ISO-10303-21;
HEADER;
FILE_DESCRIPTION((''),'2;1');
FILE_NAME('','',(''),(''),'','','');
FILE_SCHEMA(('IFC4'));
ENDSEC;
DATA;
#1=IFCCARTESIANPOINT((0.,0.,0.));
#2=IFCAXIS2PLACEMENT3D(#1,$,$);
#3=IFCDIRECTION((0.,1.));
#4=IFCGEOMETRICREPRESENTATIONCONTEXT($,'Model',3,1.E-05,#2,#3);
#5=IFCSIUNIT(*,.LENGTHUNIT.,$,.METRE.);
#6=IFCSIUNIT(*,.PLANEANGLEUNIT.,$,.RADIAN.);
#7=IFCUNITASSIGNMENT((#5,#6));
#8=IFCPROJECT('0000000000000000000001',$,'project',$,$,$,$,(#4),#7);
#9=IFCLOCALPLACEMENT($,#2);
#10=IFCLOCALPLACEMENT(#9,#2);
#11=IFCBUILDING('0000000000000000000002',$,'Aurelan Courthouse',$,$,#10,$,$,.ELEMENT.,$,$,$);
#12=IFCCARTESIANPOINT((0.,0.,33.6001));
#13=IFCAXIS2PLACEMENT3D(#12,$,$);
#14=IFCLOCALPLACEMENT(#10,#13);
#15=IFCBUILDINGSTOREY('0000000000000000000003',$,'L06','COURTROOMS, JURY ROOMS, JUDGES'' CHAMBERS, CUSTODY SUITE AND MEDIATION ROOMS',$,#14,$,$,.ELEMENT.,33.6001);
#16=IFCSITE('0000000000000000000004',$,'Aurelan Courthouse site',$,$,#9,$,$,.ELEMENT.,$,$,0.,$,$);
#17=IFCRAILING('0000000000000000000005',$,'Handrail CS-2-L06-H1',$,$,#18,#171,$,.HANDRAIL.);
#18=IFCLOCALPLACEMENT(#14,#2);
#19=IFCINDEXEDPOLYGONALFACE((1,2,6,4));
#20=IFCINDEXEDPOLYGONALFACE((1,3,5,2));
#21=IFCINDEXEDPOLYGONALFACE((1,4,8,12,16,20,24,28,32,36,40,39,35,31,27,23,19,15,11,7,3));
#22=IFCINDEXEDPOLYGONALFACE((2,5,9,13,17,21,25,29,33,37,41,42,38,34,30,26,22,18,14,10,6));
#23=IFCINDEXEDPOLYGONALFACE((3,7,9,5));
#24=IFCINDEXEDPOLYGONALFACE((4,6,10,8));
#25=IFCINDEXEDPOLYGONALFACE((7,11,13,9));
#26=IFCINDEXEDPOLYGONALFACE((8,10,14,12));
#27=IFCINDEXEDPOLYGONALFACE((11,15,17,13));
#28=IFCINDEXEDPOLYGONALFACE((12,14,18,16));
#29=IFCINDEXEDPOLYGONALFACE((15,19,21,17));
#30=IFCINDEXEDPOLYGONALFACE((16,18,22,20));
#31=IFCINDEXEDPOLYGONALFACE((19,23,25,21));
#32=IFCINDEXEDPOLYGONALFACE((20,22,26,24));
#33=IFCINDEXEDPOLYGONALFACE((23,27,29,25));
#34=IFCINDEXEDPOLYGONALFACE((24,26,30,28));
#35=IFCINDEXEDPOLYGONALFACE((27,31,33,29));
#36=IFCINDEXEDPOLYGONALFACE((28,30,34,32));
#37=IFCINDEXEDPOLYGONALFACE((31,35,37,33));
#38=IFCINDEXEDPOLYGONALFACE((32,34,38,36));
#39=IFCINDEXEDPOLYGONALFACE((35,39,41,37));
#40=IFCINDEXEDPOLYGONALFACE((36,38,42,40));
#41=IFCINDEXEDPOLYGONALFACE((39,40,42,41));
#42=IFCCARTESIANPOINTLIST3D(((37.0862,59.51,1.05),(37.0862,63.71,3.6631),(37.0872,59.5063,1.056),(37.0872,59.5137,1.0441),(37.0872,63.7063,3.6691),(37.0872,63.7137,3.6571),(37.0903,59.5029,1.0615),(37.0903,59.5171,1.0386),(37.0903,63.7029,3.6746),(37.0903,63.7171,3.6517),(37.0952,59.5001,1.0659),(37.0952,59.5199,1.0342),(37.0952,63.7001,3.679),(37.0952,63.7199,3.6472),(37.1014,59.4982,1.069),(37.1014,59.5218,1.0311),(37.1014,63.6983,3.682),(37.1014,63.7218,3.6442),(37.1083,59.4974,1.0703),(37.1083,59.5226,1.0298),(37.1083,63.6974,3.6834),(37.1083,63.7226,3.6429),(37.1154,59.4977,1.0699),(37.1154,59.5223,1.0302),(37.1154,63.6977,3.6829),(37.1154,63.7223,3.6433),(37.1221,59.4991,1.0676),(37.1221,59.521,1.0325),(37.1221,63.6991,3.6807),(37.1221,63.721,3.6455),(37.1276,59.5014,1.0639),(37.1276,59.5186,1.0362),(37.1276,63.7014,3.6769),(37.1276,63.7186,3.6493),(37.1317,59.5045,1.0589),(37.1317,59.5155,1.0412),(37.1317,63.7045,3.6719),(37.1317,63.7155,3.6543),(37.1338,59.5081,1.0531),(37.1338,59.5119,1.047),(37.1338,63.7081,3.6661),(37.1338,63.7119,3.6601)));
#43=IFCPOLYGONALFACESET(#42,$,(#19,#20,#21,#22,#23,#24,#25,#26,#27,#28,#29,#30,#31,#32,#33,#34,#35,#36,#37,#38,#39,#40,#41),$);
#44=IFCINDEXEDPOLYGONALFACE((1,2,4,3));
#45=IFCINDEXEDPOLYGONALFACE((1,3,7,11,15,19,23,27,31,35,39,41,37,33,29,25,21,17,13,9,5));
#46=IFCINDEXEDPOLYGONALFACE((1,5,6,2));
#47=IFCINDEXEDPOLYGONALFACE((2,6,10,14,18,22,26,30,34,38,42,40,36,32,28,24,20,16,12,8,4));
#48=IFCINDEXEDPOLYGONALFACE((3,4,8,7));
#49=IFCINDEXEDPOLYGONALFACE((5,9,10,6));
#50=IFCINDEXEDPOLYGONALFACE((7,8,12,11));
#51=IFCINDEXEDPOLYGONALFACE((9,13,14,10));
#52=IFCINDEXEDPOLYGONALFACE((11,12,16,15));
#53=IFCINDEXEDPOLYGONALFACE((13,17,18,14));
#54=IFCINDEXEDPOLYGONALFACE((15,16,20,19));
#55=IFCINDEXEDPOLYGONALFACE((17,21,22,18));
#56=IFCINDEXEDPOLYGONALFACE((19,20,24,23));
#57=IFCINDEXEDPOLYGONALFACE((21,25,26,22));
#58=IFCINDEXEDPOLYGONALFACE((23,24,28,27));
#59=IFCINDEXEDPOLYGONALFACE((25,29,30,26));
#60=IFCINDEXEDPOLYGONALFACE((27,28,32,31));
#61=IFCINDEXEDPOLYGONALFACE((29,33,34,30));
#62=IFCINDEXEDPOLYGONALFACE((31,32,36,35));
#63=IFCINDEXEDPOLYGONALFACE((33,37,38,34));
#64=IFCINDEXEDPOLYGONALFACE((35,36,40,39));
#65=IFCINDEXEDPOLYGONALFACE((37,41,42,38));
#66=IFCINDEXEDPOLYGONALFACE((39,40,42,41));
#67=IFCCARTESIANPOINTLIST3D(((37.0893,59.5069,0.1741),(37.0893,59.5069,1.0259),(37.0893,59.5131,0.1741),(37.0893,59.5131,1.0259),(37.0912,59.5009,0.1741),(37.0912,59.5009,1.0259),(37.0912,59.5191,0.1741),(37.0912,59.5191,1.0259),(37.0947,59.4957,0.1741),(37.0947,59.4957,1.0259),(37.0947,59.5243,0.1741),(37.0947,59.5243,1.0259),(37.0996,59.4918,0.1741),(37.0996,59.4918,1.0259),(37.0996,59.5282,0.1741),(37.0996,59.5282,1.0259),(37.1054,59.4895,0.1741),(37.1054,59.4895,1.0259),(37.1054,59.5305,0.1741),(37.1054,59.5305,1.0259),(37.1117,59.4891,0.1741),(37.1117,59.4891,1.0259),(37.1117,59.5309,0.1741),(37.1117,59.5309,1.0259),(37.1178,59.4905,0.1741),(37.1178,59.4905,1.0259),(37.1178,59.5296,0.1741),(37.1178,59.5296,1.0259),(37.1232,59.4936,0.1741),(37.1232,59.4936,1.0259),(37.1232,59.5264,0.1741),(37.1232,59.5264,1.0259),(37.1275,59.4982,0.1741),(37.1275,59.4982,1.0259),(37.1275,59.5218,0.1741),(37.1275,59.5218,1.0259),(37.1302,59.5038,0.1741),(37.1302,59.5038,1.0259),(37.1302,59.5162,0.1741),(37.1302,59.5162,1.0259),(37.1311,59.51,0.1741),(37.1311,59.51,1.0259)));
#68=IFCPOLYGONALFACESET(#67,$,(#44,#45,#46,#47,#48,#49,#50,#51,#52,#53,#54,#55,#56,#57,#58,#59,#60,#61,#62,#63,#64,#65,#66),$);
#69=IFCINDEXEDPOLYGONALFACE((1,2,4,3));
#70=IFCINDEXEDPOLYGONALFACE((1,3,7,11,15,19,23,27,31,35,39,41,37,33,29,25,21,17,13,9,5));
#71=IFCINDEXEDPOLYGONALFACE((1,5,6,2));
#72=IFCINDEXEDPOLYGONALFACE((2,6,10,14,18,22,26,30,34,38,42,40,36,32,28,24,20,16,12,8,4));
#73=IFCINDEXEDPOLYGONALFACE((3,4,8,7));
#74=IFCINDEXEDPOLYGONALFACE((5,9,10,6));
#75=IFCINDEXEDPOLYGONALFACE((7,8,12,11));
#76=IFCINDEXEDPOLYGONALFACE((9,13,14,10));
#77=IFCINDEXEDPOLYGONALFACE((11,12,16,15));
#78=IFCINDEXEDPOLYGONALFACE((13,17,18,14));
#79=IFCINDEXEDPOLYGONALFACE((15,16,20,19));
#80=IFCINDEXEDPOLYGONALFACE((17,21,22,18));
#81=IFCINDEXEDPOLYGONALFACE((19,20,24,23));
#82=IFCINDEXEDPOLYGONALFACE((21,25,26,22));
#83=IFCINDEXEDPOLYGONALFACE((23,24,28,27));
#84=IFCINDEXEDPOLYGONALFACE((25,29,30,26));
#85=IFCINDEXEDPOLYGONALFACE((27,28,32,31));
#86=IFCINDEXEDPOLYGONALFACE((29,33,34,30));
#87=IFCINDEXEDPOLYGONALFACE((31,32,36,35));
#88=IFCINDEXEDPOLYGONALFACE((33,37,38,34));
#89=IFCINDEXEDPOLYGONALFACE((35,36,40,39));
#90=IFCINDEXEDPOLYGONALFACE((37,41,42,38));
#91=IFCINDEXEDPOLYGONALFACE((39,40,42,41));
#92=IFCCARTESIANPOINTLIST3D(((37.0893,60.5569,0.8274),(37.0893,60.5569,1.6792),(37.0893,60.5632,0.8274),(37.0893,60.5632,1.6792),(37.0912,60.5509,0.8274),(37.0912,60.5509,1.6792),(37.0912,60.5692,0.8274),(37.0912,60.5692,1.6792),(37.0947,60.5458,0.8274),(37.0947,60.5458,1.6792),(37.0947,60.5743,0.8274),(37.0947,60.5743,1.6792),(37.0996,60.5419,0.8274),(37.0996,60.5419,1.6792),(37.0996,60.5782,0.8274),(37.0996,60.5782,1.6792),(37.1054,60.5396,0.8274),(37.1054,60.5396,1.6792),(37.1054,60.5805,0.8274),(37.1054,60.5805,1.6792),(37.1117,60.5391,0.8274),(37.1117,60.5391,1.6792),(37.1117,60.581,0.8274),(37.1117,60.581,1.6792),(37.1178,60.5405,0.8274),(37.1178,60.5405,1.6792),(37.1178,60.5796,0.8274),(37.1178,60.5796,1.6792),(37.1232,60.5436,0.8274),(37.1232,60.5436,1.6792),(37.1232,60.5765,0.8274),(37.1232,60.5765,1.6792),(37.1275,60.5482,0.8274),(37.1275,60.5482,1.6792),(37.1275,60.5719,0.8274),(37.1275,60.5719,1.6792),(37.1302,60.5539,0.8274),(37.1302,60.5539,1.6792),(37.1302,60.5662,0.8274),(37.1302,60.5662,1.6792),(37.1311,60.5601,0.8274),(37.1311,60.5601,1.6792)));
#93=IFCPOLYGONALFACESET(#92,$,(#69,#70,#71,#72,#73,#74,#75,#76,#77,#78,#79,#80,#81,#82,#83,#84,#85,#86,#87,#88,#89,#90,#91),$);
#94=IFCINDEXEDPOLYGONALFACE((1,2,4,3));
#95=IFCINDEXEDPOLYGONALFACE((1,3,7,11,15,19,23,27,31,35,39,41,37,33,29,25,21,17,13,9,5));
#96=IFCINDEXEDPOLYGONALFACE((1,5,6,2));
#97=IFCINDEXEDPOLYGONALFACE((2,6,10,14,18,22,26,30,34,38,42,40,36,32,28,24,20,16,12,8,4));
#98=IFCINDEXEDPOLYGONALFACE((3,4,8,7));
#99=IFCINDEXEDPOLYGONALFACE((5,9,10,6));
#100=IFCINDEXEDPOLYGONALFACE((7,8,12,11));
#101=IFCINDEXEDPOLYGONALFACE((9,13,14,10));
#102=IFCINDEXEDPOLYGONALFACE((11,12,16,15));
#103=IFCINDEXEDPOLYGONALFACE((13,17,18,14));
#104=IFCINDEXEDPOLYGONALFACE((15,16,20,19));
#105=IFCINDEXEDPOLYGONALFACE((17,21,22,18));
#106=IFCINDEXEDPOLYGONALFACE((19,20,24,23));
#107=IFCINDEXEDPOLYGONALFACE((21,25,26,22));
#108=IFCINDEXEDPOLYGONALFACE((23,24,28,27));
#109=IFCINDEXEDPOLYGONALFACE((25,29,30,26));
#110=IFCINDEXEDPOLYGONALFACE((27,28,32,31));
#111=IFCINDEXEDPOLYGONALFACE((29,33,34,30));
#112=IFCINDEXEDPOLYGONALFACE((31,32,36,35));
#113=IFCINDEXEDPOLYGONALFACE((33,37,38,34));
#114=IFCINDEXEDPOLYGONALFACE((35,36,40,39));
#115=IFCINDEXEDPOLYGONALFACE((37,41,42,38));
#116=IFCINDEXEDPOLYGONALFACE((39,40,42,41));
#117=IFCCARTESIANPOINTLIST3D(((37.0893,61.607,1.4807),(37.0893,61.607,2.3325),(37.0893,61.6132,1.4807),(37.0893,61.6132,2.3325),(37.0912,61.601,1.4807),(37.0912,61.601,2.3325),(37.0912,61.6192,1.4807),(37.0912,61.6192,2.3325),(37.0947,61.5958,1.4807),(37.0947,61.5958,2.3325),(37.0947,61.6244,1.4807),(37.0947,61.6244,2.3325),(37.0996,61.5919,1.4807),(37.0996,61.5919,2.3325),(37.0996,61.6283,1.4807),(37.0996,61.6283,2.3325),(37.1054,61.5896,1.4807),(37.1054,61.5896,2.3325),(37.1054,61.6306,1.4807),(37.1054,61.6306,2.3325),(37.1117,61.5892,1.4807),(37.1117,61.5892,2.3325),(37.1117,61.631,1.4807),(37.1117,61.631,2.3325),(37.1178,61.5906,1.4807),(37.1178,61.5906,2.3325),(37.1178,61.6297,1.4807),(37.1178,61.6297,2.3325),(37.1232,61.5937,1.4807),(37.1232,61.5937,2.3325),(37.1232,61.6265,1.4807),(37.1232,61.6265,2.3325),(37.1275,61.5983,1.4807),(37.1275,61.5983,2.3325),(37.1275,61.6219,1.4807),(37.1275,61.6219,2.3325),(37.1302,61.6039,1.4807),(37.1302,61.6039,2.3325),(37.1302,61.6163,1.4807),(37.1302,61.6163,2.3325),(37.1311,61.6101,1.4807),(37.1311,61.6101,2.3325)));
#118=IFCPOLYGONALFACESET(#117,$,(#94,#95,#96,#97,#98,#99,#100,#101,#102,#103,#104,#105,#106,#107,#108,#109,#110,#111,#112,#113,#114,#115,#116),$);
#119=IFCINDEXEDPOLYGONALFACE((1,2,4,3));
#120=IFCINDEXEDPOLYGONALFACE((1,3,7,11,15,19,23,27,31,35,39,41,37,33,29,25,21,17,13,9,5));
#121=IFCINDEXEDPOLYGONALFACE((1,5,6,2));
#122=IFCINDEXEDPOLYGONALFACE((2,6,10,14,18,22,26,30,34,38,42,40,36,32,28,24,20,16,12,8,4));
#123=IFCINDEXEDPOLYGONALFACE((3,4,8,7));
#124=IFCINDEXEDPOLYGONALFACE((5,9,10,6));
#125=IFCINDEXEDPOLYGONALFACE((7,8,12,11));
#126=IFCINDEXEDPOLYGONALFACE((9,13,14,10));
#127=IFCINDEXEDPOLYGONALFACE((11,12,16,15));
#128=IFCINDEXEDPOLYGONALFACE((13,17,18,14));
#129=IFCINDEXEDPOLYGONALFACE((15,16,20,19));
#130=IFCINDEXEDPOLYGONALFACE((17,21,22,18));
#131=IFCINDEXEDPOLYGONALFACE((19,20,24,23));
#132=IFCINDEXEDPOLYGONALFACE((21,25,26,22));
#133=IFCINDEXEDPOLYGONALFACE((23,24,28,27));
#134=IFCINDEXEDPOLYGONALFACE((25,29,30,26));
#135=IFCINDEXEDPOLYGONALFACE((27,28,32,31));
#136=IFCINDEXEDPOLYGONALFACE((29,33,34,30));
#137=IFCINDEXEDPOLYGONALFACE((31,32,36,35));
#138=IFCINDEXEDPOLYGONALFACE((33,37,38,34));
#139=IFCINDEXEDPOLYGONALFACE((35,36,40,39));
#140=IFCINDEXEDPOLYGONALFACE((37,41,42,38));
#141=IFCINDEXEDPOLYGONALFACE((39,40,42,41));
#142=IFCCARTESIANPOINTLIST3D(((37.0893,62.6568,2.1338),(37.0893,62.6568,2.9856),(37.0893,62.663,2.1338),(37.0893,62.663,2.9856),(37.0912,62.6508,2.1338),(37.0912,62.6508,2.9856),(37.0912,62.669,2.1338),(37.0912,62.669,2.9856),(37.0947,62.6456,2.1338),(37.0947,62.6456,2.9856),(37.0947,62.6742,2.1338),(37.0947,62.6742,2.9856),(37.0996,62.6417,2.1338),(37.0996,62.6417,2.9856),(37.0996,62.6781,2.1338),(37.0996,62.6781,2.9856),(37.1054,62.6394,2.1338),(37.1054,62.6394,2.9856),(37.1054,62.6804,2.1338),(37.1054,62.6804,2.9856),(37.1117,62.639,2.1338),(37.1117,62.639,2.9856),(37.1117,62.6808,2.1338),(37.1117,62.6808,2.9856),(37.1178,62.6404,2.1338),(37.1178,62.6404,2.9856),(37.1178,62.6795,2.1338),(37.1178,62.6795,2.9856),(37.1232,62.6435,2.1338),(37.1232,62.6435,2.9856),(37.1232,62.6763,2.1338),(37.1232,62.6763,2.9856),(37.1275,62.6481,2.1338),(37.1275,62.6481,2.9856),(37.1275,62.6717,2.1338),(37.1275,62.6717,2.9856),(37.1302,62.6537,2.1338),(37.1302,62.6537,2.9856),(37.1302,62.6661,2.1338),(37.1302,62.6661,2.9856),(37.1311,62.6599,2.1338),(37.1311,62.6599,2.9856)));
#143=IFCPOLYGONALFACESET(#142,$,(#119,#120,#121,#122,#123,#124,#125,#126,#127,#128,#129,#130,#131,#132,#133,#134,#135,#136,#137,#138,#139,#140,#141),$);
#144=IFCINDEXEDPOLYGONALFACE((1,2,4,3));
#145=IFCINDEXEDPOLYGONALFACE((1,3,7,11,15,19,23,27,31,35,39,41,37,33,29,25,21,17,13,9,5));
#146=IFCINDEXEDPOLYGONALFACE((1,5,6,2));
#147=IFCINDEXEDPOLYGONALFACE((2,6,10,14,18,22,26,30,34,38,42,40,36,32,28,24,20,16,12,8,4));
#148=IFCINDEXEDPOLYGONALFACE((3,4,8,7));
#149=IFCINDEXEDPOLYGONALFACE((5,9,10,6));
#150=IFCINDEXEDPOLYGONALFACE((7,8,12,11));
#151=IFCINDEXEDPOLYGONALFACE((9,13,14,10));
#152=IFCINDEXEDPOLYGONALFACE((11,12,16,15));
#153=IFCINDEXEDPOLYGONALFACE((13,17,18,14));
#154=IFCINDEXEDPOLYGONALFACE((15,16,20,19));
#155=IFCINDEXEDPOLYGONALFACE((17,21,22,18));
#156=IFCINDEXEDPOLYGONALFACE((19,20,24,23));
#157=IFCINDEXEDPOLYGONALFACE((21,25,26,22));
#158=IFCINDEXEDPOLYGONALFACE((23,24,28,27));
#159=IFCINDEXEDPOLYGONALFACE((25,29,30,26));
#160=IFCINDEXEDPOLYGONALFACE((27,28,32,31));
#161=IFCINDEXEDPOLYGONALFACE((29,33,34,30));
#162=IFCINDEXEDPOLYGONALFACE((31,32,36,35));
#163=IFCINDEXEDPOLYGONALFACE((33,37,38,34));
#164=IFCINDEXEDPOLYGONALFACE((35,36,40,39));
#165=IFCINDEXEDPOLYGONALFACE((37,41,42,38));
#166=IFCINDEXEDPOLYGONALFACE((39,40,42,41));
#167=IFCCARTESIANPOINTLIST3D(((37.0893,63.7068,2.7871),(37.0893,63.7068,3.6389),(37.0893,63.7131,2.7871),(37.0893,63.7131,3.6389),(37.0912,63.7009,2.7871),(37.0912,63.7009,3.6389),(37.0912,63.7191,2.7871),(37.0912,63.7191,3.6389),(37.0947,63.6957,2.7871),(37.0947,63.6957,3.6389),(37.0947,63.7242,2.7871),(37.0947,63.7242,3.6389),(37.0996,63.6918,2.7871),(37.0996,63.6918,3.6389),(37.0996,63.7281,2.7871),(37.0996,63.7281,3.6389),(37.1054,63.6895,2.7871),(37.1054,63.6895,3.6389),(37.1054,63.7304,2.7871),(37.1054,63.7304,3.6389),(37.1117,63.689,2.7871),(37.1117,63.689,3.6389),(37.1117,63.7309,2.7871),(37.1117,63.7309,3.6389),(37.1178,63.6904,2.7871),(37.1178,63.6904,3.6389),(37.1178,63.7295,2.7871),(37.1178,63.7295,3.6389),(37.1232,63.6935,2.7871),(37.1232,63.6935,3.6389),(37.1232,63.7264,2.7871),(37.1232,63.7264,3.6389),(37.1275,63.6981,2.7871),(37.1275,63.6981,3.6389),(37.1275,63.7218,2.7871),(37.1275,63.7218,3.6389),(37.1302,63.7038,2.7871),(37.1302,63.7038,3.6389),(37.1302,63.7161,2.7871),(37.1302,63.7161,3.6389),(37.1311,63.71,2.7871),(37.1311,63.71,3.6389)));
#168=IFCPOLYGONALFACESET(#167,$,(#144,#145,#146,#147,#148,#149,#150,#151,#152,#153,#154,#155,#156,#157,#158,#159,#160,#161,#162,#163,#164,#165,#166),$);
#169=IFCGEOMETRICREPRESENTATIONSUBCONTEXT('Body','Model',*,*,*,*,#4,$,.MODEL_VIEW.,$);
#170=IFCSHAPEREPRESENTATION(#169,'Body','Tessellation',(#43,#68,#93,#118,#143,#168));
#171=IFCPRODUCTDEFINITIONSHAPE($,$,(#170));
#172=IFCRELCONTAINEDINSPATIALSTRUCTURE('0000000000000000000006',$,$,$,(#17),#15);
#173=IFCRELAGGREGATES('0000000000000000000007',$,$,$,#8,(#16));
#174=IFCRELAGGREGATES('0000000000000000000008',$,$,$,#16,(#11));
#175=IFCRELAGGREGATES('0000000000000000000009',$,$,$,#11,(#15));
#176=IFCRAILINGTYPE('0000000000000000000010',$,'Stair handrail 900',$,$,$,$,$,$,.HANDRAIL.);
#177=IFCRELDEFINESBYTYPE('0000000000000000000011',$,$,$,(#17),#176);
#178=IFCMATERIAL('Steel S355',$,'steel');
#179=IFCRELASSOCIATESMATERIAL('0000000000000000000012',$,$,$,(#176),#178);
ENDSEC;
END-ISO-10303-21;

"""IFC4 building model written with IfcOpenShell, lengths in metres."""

from ifc_helpers import new_model, si_unit, direction, frame, origin, origin_2d, place, context, subcontext, project, spatial, circle, extrude, material, type_object, element, save


model = new_model("IFC4")

# Units and contexts
model_context = context("Model", 3, precision=1e-05, world=origin(), true_north=direction((0.0, 1.0)))
body_context = subcontext(model_context, "Body", "Model", "MODEL_VIEW")
ifc_project = project(units=[si_unit("LENGTHUNIT", "METRE"), si_unit("PLANEANGLEUNIT", "RADIAN")], contexts=[model_context])

# Site, building, storey
site_placement = place(None, origin())
site = spatial("IfcSite", under=ifc_project, at=site_placement, Name="Aurelan Courthouse site", CompositionType="ELEMENT", RefElevation=0.0)
building_placement = place(site_placement, origin())
building = spatial("IfcBuilding", under=site, at=building_placement, Name="Aurelan Courthouse", CompositionType="ELEMENT")
storey_placement = place(building_placement, frame((0.0, 0.0, 33.6001)))
storey = spatial("IfcBuildingStorey", under=building, at=storey_placement, Name="L06", Description="COURTROOMS, JURY ROOMS, JUDGES' CHAMBERS, CUSTODY SUITE AND MEDIATION ROOMS", CompositionType="ELEMENT", Elevation=33.6001)

# Railing
ifc_material_1 = material(Name="Steel S355", Category="steel")
railing_type = type_object("IfcRailingType", Name="Stair handrail 900", PredefinedType="HANDRAIL", material=ifc_material_1)
for number, where, name in (
    (1, (37.1101, 59.51, 0.1741), "Handrail CS-2-L06-H1"),
):
    element("IfcRailing", number, at=place(storey_placement, frame(where)), inside=storey, type_object=railing_type, Name=name, PredefinedType="HANDRAIL", context=body_context, shape_type="SweptSolid", body=[
        extrude(circle(Radius=0.0239, at=origin_2d()), frame((0.0, 0.0, 0.876), z_axis=(0.0, 0.849081, 0.528263), x_axis=(-1.0, 0.0, 0.0)), (0.0, 0.0, 1.0), 4.9465),
        extrude(circle(Radius=0.021, at=origin_2d()), origin(), (0.0, 0.0, 1.0), 0.8518),
        extrude(circle(Radius=0.021, at=origin_2d()), frame((0.0, 1.05, 0.6533)), (0.0, 0.0, 1.0), 0.8518),
        extrude(circle(Radius=0.021, at=origin_2d()), frame((0.0, 2.1001, 1.3066)), (0.0, 0.0, 1.0), 0.8518),
        extrude(circle(Radius=0.021, at=origin_2d()), frame((0.0, 3.1499, 1.9597)), (0.0, 0.0, 1.0), 0.8518),
        extrude(circle(Radius=0.021, at=origin_2d()), frame((0.0, 4.2, 2.613)), (0.0, 0.0, 1.0), 0.8518),
    ])

save(model, "model.ifc")
